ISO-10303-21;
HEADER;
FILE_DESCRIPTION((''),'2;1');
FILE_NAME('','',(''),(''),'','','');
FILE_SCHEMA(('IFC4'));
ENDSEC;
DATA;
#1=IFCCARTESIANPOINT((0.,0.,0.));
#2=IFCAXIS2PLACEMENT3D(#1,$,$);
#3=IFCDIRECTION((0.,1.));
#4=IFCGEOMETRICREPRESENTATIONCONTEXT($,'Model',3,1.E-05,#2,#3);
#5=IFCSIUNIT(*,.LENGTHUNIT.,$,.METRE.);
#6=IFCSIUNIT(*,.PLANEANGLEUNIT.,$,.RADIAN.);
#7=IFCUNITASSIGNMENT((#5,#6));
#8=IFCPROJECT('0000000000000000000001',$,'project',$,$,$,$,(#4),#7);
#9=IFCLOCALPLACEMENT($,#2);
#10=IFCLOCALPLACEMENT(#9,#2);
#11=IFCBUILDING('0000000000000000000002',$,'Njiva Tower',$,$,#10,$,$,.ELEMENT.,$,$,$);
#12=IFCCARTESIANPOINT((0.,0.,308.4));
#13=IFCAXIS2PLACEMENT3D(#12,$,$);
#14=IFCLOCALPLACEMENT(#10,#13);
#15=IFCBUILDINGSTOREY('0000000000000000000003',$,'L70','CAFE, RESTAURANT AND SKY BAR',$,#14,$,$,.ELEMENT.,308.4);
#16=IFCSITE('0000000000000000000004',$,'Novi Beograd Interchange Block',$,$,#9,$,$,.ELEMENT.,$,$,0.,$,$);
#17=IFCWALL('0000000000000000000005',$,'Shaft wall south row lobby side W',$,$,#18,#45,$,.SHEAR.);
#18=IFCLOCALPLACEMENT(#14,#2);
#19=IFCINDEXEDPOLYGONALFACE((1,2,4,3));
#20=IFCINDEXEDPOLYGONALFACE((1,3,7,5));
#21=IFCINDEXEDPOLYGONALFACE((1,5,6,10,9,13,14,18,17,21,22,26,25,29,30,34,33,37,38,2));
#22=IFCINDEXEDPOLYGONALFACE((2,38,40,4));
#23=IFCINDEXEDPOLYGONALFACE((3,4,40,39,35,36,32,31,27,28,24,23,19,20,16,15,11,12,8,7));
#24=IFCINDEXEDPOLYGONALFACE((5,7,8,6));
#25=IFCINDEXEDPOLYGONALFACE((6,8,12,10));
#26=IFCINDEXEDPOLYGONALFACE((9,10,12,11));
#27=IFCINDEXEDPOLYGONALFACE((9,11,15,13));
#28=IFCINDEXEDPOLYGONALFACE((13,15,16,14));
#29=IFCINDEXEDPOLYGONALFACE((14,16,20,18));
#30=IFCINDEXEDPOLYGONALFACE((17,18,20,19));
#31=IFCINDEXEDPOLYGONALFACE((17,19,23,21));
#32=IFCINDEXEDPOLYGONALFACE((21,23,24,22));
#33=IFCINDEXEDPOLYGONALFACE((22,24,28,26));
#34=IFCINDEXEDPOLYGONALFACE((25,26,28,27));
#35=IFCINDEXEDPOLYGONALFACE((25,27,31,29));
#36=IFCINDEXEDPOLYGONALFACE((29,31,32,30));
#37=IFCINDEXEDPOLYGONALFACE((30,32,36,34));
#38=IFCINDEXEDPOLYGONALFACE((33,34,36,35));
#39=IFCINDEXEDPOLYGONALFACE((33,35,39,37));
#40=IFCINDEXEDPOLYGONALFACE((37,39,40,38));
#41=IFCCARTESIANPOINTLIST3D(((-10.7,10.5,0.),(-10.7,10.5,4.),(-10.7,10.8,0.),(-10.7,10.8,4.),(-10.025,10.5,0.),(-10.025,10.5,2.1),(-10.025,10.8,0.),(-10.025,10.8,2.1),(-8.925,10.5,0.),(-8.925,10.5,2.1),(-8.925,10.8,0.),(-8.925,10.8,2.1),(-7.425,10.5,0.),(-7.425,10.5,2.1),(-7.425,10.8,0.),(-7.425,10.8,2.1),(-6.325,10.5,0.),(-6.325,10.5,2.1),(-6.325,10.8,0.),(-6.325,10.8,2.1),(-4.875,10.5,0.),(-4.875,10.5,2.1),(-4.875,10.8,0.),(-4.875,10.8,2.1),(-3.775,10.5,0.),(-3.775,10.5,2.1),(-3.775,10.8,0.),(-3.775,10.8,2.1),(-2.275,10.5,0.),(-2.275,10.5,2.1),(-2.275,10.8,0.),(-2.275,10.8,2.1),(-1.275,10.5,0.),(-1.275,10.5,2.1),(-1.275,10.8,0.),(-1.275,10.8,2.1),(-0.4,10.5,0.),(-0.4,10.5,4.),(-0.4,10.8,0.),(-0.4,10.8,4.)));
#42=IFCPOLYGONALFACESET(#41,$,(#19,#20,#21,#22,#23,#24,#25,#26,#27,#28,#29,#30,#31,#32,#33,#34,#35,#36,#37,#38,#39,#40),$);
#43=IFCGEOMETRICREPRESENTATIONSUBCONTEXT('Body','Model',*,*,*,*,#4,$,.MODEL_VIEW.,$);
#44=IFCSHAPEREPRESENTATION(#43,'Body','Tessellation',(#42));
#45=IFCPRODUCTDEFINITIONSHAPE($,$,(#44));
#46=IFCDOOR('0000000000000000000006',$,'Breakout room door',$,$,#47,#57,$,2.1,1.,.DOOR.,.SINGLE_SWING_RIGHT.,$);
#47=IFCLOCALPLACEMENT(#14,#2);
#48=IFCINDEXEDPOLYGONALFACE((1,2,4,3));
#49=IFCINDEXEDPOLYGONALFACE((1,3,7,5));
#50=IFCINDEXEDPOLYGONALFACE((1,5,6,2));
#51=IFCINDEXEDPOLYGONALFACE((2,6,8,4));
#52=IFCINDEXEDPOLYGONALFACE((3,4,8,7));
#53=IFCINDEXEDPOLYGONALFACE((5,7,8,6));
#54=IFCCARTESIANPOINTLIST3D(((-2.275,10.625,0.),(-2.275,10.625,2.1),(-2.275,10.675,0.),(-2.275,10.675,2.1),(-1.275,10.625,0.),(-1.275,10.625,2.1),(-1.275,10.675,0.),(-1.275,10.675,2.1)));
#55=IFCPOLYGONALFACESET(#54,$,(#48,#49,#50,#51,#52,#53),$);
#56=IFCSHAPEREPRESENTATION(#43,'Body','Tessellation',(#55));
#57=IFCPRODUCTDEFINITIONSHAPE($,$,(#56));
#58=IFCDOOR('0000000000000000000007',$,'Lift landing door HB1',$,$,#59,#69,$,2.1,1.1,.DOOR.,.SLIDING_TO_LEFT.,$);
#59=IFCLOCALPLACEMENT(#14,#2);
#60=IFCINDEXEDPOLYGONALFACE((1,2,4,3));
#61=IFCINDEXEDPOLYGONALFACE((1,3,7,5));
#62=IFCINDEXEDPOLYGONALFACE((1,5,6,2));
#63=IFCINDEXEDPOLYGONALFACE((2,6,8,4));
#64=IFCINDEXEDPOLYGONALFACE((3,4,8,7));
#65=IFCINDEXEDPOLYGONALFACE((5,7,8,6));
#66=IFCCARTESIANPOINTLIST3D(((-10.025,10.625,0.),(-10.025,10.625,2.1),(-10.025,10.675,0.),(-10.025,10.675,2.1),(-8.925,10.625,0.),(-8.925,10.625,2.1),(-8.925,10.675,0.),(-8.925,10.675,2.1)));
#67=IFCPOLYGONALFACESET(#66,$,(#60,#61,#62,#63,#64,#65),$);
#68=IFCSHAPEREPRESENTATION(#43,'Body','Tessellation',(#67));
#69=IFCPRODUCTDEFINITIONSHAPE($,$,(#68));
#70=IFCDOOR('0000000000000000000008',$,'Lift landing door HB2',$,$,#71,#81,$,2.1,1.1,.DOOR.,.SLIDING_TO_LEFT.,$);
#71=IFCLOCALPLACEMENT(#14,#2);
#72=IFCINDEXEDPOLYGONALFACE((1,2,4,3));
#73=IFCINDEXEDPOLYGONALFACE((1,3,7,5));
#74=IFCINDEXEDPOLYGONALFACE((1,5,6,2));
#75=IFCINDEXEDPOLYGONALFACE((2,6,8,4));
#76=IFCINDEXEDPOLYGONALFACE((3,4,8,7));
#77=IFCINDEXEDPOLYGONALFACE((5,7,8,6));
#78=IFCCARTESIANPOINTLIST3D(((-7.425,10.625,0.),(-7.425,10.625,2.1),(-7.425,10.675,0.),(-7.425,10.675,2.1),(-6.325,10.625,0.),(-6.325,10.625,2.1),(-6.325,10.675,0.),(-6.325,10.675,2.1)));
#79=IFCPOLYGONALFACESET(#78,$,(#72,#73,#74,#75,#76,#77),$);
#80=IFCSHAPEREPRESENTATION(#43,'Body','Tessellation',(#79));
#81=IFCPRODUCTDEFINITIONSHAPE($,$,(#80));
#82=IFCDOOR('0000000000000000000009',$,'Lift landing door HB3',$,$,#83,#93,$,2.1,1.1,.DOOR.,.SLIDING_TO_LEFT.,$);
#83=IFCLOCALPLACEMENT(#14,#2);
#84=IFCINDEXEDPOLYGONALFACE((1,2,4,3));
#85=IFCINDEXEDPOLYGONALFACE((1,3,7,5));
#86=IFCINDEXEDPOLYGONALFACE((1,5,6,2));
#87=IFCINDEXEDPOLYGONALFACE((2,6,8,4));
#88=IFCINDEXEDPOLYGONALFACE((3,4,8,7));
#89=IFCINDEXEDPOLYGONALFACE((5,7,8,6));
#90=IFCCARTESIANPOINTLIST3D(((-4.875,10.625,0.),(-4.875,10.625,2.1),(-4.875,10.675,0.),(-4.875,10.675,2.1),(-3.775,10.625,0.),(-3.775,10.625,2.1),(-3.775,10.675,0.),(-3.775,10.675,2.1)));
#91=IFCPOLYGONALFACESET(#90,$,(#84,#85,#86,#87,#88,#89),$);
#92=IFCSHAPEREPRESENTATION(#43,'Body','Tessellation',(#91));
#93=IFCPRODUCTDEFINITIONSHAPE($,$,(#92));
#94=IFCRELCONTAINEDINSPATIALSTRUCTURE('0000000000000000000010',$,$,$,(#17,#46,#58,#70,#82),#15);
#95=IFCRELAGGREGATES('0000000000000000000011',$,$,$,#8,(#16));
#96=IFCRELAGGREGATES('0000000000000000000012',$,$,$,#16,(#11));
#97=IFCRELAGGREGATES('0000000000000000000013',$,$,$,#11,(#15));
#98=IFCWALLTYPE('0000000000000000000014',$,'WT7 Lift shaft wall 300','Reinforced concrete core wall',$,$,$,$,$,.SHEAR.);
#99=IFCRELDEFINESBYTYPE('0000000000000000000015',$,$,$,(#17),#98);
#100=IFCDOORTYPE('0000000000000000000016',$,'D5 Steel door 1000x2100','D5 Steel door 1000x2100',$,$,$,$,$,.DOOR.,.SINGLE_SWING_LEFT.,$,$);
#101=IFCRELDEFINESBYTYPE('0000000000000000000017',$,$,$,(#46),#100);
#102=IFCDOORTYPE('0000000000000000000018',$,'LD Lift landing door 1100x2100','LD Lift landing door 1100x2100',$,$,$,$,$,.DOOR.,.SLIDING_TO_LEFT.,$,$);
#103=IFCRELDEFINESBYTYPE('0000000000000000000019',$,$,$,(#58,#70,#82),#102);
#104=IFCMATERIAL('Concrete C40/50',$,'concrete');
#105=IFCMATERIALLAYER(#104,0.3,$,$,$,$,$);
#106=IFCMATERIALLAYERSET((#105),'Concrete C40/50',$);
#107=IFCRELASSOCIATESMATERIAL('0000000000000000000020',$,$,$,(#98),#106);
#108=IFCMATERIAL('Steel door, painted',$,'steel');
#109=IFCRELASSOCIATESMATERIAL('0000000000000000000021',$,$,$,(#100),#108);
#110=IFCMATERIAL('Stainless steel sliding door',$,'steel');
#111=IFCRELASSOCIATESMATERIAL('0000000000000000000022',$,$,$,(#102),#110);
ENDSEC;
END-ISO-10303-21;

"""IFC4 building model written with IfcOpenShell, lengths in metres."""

from ifc_helpers import new_model, si_unit, direction, frame, frame_2d, origin, place, context, subcontext, project, spatial, rectangle, extrude, material, layer, layer_set, type_object, element, fill, save


model = new_model("IFC4")

# Units and contexts
model_context = context("Model", 3, precision=1e-05, world=origin(), true_north=direction((0.0, 1.0)))
body_context = subcontext(model_context, "Body", "Model", "MODEL_VIEW")
ifc_project = project(units=[si_unit("LENGTHUNIT", "METRE"), si_unit("PLANEANGLEUNIT", "RADIAN")], contexts=[model_context])

# Site, building, storey
site_placement = place(None, origin())
site = spatial("IfcSite", under=ifc_project, at=site_placement, Name="Novi Beograd Interchange Block", CompositionType="ELEMENT", RefElevation=0.0)
building_placement = place(site_placement, origin())
building = spatial("IfcBuilding", under=site, at=building_placement, Name="Njiva Tower", CompositionType="ELEMENT")
storey_placement = place(building_placement, frame((0.0, 0.0, 308.4)))
storey = spatial("IfcBuildingStorey", under=building, at=storey_placement, Name="L70", Description="CAFE, RESTAURANT AND SKY BAR", CompositionType="ELEMENT", Elevation=308.4)

# Shared definitions
ifc_material_1 = material(Name="Concrete C40/50", Category="concrete")

# Wall, openings, doors
ifc_layer_1 = layer(ifc_material_1, 0.3)
ifc_layer_set_1 = layer_set([ifc_layer_1], Name="Concrete C40/50")
wall_type_1 = type_object("IfcWallType", Name="WT7 Lift shaft wall 300", Description="Reinforced concrete core wall", PredefinedType="SHEAR", material=ifc_layer_set_1)
ifc_material_2 = material(Name="Steel door, painted", Category="steel")
door_type_1 = type_object("IfcDoorType", Name="D5 Steel door 1000x2100", Description="D5 Steel door 1000x2100", OperationType="SINGLE_SWING_LEFT", PredefinedType="DOOR", material=ifc_material_2)
ifc_material_3 = material(Name="Stainless steel sliding door", Category="steel")
door_type_2 = type_object("IfcDoorType", Name="LD Lift landing door 1100x2100", Description="LD Lift landing door 1100x2100", OperationType="SLIDING_TO_LEFT", PredefinedType="DOOR", material=ifc_material_3)
wall_1_placement = place(storey_placement, frame((-10.7, 10.65, 0.0), z_axis=(0.0, 0.0, 1.0), x_axis=(1.0, 0.0, 0.0)))
wall_1 = element("IfcWall", 1, at=wall_1_placement, inside=storey, type_object=wall_type_1, Name="Shaft wall south row lobby side W", PredefinedType="SHEAR", context=body_context, shape_type="SweptSolid", body=[
    extrude(rectangle(XDim=10.3, YDim=0.3, at=frame_2d((5.15, 0.0))), origin(), (0.0, 0.0, 1.0), 4.0),
])
opening_1_placement = place(wall_1_placement, frame((0.675, 0.0, 0.0)))
opening_1 = element("IfcOpeningElement", 2, at=opening_1_placement, cuts=wall_1, PredefinedType="OPENING", context=body_context, shape_type="SweptSolid", body=[
    extrude(rectangle(XDim=1.1, YDim=2.1, at=frame_2d((0.55, 1.05))), frame((0.0, 0.16, 0.0), z_axis=(0.0, -1.0, 0.0), x_axis=(1.0, 0.0, 0.0)), (0.0, 0.0, 1.0), 0.32),
])
opening_2_placement = place(wall_1_placement, frame((3.275, 0.0, 0.0)))
opening_2 = element("IfcOpeningElement", 3, at=opening_2_placement, cuts=wall_1, PredefinedType="OPENING", context=body_context, shape_type="SweptSolid", body=[
    extrude(rectangle(XDim=1.1, YDim=2.1, at=frame_2d((0.55, 1.05))), frame((0.0, 0.16, 0.0), z_axis=(0.0, -1.0, 0.0), x_axis=(1.0, 0.0, 0.0)), (0.0, 0.0, 1.0), 0.32),
])
opening_3_placement = place(wall_1_placement, frame((5.825, 0.0, 0.0)))
opening_3 = element("IfcOpeningElement", 4, at=opening_3_placement, cuts=wall_1, PredefinedType="OPENING", context=body_context, shape_type="SweptSolid", body=[
    extrude(rectangle(XDim=1.1, YDim=2.1, at=frame_2d((0.55, 1.05))), frame((0.0, 0.16, 0.0), z_axis=(0.0, -1.0, 0.0), x_axis=(1.0, 0.0, 0.0)), (0.0, 0.0, 1.0), 0.32),
])
opening_4_placement = place(wall_1_placement, frame((8.425, 0.0, 0.0)))
opening_4 = element("IfcOpeningElement", 5, at=opening_4_placement, cuts=wall_1, PredefinedType="OPENING", context=body_context, shape_type="SweptSolid", body=[
    extrude(rectangle(XDim=1.0, YDim=2.1, at=frame_2d((0.5, 1.05))), frame((0.0, 0.16, 0.0), z_axis=(0.0, -1.0, 0.0), x_axis=(1.0, 0.0, 0.0)), (0.0, 0.0, 1.0), 0.32),
])
door_1_placement = place(opening_4_placement, origin())
door_1 = element("IfcDoor", 6, at=door_1_placement, inside=storey, type_object=door_type_1, Name="Breakout room door", OperationType="SINGLE_SWING_RIGHT", OverallHeight=2.1, OverallWidth=1.0, PredefinedType="DOOR", context=body_context, shape_type="SweptSolid", body=[
    extrude(rectangle(XDim=1.0, YDim=2.1, at=frame_2d((0.5, 1.05))), frame((0.0, 0.025, 0.0), z_axis=(0.0, -1.0, 0.0), x_axis=(1.0, 0.0, 0.0)), (0.0, 0.0, 1.0), 0.05),
])
fill(opening_4, door_1)
door_2_placement = place(opening_1_placement, origin())
door_2 = element("IfcDoor", 7, at=door_2_placement, inside=storey, type_object=door_type_2, Name="Lift landing door HB1", OperationType="SLIDING_TO_LEFT", OverallHeight=2.1, OverallWidth=1.1, PredefinedType="DOOR", context=body_context, shape_type="SweptSolid", body=[
    extrude(rectangle(XDim=1.1, YDim=2.1, at=frame_2d((0.55, 1.05))), frame((0.0, 0.025, 0.0), z_axis=(0.0, -1.0, 0.0), x_axis=(1.0, 0.0, 0.0)), (0.0, 0.0, 1.0), 0.05),
])
fill(opening_1, door_2)
door_3_placement = place(opening_2_placement, origin())
door_3 = element("IfcDoor", 8, at=door_3_placement, inside=storey, type_object=door_type_2, Name="Lift landing door HB2", OperationType="SLIDING_TO_LEFT", OverallHeight=2.1, OverallWidth=1.1, PredefinedType="DOOR", context=body_context, shape_type="SweptSolid", body=[
    extrude(rectangle(XDim=1.1, YDim=2.1, at=frame_2d((0.55, 1.05))), frame((0.0, 0.025, 0.0), z_axis=(0.0, -1.0, 0.0), x_axis=(1.0, 0.0, 0.0)), (0.0, 0.0, 1.0), 0.05),
])
fill(opening_2, door_3)
door_4_placement = place(opening_3_placement, origin())
door_4 = element("IfcDoor", 9, at=door_4_placement, inside=storey, type_object=door_type_2, Name="Lift landing door HB3", OperationType="SLIDING_TO_LEFT", OverallHeight=2.1, OverallWidth=1.1, PredefinedType="DOOR", context=body_context, shape_type="SweptSolid", body=[
    extrude(rectangle(XDim=1.1, YDim=2.1, at=frame_2d((0.55, 1.05))), frame((0.0, 0.025, 0.0), z_axis=(0.0, -1.0, 0.0), x_axis=(1.0, 0.0, 0.0)), (0.0, 0.0, 1.0), 0.05),
])
fill(opening_3, door_4)

save(model, "model.ifc")
